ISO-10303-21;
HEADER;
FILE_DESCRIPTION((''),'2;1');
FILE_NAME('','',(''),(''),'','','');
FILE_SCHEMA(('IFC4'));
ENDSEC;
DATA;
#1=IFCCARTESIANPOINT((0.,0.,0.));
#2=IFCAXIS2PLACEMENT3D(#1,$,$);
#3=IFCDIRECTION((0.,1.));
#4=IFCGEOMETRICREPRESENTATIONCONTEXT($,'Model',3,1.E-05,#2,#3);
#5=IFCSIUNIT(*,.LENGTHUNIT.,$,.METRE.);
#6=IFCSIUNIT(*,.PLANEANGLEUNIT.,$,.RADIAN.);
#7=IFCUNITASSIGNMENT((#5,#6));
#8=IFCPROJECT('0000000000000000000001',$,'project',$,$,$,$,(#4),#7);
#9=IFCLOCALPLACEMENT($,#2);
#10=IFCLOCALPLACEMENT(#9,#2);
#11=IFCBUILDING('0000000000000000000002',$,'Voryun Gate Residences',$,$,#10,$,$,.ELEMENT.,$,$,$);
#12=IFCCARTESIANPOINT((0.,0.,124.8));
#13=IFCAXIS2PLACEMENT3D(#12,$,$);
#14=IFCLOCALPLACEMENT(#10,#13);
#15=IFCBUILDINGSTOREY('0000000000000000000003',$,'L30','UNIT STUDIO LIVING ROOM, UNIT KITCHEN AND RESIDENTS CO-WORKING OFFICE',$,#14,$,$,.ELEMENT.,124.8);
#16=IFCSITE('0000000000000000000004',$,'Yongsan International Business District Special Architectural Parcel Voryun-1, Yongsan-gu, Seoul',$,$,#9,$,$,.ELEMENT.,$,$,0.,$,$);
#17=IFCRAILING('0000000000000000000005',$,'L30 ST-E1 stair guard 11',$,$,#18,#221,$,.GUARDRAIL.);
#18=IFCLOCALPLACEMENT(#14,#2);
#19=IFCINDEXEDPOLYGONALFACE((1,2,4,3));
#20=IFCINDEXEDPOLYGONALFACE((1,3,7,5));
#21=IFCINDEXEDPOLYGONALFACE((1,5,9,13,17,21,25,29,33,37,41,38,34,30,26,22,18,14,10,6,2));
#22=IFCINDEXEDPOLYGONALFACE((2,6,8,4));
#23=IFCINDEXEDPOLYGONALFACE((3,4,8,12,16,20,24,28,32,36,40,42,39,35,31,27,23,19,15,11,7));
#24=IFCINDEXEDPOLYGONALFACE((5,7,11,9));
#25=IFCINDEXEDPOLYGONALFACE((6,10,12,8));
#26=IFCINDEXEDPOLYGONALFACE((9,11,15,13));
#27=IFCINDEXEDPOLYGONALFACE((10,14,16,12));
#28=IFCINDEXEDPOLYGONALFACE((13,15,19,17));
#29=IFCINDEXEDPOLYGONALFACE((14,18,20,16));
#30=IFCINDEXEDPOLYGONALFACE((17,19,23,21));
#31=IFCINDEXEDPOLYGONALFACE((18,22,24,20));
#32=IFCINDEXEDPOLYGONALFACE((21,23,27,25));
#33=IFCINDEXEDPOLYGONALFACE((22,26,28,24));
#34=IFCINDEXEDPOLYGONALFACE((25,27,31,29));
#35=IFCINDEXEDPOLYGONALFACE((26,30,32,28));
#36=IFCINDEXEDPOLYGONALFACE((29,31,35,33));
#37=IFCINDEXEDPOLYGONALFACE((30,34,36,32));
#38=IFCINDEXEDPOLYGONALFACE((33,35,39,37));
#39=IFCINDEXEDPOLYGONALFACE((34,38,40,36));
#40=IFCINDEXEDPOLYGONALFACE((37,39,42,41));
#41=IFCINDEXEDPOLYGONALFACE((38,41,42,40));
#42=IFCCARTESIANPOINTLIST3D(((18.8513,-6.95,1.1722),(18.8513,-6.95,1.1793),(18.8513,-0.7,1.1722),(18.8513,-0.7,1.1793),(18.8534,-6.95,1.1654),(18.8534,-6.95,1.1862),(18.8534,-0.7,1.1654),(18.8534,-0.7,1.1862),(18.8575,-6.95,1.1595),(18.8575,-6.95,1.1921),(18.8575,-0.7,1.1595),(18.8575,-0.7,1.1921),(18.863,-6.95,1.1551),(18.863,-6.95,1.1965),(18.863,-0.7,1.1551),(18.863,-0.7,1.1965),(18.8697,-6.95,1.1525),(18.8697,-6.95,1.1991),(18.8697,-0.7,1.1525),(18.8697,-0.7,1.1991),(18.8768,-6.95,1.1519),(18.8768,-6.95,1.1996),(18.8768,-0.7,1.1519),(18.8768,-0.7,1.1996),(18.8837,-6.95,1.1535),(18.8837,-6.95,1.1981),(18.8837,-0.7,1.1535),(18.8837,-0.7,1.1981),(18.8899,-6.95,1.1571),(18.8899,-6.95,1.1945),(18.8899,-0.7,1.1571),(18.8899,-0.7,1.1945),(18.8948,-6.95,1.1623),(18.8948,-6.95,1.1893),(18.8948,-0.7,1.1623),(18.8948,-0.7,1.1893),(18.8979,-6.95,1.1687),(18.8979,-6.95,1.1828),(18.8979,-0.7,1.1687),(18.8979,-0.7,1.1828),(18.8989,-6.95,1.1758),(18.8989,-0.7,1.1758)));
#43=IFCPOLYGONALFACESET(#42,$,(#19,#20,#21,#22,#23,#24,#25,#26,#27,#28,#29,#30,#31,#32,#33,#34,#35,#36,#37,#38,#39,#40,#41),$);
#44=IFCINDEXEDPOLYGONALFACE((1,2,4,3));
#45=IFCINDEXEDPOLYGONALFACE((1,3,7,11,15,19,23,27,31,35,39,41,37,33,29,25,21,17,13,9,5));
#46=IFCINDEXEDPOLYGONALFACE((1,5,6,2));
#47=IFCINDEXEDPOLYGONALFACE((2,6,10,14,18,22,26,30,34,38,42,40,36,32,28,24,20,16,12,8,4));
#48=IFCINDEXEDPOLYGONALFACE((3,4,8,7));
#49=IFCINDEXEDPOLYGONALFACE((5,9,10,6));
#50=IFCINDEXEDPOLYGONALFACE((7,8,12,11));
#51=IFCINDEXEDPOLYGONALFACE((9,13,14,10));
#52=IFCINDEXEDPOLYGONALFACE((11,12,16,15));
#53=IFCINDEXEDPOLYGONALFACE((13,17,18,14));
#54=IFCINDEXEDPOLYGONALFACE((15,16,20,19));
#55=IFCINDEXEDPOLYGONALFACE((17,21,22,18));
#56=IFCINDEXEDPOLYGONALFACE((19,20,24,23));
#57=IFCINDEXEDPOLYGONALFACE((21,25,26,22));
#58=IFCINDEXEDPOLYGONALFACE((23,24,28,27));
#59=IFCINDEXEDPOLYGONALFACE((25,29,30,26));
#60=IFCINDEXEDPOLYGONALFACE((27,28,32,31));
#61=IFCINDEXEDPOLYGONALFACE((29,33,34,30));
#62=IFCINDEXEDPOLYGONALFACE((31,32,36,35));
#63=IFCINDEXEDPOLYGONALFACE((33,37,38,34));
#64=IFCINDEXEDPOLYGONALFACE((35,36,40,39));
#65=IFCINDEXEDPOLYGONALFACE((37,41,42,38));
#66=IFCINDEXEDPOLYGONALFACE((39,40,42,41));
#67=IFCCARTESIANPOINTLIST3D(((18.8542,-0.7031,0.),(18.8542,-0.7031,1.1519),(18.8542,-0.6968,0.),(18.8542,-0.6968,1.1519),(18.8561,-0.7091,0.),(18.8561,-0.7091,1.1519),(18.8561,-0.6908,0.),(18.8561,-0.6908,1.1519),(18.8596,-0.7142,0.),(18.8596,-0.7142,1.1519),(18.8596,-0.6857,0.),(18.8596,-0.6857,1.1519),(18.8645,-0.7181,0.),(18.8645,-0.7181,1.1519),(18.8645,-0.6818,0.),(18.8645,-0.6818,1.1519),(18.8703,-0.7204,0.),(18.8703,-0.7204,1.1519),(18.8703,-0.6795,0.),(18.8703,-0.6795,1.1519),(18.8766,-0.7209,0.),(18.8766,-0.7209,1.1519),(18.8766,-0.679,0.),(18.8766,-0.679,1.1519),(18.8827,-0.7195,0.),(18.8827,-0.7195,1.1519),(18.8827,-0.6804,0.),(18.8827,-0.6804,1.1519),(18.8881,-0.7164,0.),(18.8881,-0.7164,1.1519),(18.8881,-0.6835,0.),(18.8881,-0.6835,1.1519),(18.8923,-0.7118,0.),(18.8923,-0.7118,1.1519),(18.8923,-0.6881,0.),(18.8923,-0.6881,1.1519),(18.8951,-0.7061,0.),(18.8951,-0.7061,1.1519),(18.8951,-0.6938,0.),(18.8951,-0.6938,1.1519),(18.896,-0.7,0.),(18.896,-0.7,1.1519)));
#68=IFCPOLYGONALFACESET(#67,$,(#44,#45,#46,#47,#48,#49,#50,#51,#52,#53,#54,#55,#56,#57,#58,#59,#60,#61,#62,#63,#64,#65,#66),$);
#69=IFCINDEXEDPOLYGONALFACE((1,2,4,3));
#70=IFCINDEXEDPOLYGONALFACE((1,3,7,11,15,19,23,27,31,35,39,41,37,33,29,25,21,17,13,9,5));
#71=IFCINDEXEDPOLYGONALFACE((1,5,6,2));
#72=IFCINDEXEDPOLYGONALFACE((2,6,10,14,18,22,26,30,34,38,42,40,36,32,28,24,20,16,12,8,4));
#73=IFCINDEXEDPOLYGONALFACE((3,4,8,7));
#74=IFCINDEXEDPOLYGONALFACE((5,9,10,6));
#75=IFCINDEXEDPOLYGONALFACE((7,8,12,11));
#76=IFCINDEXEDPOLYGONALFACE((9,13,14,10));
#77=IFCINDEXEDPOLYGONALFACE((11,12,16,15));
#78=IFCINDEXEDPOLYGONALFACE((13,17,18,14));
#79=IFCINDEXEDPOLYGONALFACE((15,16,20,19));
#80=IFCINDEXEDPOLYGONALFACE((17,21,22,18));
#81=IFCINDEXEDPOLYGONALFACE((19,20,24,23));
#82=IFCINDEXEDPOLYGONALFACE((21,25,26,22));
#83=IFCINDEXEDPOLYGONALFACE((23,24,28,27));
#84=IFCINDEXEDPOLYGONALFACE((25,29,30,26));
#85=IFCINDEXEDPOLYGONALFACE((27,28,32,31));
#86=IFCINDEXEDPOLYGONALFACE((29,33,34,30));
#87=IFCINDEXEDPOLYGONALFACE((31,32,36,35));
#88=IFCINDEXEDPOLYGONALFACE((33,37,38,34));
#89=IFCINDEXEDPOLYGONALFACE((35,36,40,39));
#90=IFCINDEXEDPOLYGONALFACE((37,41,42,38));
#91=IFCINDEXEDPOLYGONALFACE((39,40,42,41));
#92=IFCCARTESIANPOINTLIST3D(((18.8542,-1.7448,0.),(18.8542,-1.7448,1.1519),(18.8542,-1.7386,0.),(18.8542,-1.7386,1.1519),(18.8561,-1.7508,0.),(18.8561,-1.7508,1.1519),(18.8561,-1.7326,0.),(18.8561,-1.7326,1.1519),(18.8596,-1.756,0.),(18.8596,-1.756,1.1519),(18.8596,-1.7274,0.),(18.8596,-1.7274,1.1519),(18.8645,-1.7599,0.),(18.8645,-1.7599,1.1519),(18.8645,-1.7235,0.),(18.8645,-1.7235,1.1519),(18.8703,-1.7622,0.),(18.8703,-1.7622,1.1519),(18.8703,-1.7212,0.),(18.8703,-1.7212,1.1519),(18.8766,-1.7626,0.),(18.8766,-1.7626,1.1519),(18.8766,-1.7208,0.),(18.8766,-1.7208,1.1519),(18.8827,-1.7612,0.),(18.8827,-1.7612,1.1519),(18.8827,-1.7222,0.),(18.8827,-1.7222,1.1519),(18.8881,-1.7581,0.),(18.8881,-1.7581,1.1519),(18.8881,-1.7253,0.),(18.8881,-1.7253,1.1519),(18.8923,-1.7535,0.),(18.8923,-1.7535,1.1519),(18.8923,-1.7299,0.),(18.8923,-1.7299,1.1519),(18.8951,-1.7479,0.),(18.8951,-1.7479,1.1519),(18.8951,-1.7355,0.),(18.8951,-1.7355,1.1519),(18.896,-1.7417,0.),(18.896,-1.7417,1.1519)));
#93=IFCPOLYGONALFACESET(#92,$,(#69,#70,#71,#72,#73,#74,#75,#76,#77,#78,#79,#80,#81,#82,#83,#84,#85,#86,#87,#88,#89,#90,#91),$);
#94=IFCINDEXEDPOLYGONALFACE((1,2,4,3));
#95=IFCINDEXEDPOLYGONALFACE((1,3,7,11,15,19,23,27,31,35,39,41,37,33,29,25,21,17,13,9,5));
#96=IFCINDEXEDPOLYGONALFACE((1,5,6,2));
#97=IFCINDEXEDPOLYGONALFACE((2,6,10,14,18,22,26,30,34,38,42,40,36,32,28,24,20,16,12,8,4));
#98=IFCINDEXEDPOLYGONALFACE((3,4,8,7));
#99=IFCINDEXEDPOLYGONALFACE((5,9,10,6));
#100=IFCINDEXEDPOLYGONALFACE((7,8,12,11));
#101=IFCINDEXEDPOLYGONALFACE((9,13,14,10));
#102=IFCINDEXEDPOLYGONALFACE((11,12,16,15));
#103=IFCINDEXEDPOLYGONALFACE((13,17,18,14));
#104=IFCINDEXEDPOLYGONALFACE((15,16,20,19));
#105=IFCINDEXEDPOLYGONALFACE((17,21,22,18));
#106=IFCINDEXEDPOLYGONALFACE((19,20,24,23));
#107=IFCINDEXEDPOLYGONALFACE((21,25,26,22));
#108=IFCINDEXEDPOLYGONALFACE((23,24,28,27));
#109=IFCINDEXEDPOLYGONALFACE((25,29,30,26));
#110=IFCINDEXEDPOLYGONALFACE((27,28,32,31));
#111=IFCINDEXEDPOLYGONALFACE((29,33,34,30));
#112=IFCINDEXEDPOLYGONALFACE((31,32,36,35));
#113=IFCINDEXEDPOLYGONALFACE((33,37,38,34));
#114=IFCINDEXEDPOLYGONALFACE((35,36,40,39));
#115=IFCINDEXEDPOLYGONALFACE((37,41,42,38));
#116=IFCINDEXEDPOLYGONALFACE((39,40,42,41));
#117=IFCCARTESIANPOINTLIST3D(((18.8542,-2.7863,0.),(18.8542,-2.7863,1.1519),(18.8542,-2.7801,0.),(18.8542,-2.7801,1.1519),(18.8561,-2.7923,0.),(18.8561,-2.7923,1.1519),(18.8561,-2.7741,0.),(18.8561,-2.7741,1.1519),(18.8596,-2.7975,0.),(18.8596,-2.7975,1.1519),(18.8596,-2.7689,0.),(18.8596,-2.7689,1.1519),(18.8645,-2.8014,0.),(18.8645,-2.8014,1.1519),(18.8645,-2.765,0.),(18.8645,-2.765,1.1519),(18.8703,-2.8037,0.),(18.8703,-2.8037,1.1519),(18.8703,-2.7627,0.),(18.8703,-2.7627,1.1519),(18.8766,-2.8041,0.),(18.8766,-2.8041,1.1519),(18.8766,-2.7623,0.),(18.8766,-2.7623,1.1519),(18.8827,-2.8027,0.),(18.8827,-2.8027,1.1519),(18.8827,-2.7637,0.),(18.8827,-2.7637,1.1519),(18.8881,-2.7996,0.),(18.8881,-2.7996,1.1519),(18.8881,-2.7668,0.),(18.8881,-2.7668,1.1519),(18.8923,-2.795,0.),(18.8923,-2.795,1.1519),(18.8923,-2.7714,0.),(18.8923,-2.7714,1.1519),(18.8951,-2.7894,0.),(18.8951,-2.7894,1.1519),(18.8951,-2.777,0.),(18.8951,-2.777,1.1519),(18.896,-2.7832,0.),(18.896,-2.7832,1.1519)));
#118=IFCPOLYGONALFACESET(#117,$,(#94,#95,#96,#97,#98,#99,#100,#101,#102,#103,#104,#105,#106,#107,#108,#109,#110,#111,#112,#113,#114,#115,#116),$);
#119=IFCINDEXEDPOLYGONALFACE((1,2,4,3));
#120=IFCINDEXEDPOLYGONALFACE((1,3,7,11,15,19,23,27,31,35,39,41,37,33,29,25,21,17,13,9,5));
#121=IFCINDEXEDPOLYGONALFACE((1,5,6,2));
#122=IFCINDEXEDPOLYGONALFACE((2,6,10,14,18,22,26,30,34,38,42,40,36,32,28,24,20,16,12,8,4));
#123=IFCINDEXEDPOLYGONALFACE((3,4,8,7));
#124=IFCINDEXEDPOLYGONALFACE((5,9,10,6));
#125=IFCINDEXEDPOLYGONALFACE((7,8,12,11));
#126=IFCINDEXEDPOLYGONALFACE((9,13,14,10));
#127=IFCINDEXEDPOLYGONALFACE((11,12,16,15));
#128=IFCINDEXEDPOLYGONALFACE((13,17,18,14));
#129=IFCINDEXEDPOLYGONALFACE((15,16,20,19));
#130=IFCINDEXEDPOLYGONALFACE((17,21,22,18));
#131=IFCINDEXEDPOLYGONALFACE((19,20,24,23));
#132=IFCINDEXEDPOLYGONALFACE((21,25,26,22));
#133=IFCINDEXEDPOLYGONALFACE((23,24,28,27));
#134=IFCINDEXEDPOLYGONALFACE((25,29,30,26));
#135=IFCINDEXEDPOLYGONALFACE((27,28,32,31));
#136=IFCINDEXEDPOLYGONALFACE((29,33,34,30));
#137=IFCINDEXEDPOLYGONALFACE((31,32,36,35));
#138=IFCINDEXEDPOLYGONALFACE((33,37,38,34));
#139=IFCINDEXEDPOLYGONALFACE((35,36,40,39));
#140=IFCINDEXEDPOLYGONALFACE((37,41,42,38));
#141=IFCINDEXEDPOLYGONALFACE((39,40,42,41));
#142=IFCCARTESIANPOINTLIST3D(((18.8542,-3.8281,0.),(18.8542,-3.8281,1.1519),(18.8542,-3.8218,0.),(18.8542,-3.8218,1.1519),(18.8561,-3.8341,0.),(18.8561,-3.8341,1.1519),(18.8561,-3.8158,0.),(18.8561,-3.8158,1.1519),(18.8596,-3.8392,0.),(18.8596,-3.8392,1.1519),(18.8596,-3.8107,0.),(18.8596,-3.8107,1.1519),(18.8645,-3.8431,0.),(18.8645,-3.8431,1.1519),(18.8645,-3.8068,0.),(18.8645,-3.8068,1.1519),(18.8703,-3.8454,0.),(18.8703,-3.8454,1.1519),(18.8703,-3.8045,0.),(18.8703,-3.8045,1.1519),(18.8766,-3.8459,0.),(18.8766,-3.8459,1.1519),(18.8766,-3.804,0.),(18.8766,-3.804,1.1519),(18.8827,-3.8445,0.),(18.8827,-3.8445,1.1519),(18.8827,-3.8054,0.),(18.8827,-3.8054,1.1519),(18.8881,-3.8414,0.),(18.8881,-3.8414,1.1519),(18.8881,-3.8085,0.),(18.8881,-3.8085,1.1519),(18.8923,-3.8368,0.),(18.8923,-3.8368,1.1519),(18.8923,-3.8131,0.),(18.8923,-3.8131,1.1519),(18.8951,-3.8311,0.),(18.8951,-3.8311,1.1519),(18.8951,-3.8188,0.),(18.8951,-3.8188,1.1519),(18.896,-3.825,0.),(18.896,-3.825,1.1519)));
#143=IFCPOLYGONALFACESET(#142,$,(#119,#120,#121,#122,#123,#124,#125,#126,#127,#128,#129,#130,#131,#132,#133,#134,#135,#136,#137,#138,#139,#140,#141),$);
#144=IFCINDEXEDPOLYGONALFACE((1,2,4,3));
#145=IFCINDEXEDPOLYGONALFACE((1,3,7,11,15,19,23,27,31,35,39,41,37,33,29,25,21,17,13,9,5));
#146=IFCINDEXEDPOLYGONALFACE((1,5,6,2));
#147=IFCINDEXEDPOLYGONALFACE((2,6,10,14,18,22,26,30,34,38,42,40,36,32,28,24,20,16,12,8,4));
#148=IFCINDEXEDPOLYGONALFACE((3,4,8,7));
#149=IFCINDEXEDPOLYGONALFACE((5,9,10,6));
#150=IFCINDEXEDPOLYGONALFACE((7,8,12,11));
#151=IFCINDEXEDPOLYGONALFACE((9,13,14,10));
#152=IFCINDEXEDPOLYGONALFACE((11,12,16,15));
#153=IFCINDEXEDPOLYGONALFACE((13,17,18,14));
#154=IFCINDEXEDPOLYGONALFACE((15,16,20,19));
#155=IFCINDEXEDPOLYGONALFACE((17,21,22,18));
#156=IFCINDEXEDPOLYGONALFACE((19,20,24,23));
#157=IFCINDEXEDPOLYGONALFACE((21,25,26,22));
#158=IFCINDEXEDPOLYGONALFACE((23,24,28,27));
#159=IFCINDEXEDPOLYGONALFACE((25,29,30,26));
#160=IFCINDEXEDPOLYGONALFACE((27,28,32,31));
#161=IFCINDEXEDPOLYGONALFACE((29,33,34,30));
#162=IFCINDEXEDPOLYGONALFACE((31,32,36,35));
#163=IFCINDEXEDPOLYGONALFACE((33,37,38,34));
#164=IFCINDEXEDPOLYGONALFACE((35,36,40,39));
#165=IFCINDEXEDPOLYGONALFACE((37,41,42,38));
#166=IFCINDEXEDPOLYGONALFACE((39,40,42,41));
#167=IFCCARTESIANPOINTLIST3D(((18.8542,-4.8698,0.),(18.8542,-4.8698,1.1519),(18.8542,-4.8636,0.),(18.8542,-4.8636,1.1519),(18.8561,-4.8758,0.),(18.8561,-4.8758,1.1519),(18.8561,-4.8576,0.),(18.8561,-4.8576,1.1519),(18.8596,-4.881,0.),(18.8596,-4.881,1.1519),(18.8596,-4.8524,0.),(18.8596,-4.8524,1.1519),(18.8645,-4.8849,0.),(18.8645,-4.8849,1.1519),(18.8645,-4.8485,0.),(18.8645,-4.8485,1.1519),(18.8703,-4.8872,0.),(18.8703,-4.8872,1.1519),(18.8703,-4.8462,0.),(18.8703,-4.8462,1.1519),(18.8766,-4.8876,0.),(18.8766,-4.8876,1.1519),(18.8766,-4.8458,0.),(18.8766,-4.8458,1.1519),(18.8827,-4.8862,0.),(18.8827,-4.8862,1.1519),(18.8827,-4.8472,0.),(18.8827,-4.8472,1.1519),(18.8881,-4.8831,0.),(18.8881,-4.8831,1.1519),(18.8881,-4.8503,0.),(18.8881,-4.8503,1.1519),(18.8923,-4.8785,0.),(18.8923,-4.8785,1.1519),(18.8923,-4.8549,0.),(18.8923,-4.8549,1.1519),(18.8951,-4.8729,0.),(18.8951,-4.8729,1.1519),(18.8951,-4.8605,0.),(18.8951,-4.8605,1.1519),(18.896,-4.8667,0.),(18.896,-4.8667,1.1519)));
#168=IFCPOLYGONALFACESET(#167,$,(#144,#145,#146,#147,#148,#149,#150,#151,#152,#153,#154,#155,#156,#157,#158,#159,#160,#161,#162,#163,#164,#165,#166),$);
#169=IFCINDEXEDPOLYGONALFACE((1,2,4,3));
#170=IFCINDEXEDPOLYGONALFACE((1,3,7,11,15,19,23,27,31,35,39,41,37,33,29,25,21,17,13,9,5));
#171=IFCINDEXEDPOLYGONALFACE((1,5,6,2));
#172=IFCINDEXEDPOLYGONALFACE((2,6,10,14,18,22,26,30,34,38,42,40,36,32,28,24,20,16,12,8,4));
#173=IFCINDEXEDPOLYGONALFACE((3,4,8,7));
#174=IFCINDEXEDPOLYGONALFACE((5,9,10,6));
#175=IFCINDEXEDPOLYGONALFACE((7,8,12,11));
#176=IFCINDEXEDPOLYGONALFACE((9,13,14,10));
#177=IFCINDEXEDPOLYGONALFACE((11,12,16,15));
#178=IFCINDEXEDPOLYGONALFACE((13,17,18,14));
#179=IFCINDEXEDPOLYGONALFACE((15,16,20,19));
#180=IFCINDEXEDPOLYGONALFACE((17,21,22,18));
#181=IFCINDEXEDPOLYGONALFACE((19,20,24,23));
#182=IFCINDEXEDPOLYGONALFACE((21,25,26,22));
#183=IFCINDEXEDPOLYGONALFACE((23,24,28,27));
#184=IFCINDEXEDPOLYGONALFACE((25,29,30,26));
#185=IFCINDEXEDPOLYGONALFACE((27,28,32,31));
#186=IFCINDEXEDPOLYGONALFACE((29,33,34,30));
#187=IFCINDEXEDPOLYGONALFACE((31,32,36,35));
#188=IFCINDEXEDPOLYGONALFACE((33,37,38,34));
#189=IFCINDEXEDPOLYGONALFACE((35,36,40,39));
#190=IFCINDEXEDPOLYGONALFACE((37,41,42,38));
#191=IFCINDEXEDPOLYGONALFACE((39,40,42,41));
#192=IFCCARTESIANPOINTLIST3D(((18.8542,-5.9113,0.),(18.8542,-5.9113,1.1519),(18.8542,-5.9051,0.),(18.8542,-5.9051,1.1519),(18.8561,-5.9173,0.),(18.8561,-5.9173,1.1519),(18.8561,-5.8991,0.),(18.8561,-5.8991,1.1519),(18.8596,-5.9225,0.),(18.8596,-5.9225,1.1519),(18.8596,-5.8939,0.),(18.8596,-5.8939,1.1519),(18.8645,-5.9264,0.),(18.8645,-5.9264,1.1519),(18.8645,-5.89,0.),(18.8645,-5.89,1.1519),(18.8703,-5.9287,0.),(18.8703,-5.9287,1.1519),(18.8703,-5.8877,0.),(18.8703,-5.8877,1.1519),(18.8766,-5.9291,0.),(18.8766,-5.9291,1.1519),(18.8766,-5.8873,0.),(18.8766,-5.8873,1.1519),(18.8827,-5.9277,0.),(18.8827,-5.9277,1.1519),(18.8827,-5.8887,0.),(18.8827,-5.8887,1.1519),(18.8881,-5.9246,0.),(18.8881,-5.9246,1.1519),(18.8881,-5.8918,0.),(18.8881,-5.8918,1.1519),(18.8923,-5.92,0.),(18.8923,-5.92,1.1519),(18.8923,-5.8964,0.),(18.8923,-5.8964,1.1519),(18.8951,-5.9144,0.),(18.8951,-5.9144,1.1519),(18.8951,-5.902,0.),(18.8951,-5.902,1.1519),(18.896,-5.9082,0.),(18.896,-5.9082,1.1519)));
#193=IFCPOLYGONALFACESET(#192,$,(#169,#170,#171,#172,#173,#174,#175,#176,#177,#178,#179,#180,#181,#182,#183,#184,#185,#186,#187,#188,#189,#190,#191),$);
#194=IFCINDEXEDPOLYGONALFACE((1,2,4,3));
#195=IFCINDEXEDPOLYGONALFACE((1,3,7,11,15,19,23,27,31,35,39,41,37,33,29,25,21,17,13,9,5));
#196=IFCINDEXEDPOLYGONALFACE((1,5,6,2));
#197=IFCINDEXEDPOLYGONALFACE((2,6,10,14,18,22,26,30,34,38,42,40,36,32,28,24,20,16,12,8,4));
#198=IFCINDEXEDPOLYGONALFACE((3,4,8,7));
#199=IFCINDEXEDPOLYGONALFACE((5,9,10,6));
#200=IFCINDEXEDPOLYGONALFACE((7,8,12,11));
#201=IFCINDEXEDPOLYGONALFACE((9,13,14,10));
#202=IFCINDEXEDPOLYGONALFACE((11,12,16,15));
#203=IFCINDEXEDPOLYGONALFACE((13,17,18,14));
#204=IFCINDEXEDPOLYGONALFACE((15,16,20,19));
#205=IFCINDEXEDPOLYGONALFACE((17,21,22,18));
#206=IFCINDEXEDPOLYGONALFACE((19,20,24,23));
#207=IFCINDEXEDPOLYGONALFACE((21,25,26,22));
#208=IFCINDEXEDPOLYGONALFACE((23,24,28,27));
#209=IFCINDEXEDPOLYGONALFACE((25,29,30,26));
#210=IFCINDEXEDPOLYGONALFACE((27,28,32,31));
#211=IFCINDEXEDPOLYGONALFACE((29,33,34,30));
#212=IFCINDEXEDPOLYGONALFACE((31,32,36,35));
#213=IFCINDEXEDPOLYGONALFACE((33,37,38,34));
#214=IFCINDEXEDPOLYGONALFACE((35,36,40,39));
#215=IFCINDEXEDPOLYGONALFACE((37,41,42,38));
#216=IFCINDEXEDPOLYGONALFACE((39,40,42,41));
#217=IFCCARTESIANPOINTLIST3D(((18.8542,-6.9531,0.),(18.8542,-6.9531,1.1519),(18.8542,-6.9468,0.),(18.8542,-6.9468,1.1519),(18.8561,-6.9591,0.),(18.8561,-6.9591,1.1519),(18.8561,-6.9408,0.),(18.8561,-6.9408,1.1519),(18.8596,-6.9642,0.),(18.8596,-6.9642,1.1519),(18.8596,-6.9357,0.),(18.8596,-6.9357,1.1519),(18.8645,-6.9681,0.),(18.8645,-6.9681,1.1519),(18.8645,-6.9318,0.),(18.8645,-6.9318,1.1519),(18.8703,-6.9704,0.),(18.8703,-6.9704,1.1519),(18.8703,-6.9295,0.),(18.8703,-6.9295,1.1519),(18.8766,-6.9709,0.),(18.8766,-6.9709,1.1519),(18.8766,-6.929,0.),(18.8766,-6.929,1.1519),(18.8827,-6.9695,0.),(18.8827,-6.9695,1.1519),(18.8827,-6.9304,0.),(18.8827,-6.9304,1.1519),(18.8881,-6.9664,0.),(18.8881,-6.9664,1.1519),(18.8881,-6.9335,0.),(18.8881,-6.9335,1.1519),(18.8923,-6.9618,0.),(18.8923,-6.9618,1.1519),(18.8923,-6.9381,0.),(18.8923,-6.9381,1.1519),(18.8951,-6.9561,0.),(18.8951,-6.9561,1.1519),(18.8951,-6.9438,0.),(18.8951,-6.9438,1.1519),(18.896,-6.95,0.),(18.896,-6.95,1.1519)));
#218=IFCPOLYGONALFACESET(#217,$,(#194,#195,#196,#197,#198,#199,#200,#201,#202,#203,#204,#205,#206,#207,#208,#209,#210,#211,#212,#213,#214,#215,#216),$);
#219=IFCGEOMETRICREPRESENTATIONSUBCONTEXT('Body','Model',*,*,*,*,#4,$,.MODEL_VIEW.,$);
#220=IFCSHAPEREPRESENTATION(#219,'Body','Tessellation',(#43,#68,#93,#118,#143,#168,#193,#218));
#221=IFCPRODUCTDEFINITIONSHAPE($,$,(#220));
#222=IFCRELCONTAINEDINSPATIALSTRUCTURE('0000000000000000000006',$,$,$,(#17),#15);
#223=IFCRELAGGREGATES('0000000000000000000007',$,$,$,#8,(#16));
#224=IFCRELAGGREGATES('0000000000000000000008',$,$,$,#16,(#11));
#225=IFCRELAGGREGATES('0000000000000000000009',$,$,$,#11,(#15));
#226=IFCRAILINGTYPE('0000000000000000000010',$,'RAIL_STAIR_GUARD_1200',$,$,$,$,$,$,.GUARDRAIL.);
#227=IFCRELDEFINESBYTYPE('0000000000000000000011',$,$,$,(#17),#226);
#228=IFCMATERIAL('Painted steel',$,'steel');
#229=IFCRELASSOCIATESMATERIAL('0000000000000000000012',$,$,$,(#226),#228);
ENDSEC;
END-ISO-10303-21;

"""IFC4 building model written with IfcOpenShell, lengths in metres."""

from ifc_helpers import new_model, si_unit, direction, frame, origin, origin_2d, place, context, subcontext, project, spatial, circle, extrude, material, type_object, element, save


model = new_model("IFC4")

# Units and contexts
model_context = context("Model", 3, precision=1e-05, world=origin(), true_north=direction((0.0, 1.0)))
body_context = subcontext(model_context, "Body", "Model", "MODEL_VIEW")
ifc_project = project(units=[si_unit("LENGTHUNIT", "METRE"), si_unit("PLANEANGLEUNIT", "RADIAN")], contexts=[model_context])

# Site, building, storey
site_placement = place(None, origin())
site = spatial("IfcSite", under=ifc_project, at=site_placement, Name="Yongsan International Business District Special Architectural Parcel Voryun-1, Yongsan-gu, Seoul", CompositionType="ELEMENT", RefElevation=0.0)
building_placement = place(site_placement, origin())
building = spatial("IfcBuilding", under=site, at=building_placement, Name="Voryun Gate Residences", CompositionType="ELEMENT")
storey_placement = place(building_placement, frame((0.0, 0.0, 124.8)))
storey = spatial("IfcBuildingStorey", under=building, at=storey_placement, Name="L30", Description="UNIT STUDIO LIVING ROOM, UNIT KITCHEN AND RESIDENTS CO-WORKING OFFICE", CompositionType="ELEMENT", Elevation=124.8)

# Railing
ifc_material_1 = material(Name="Painted steel", Category="steel")
railing_type_1 = type_object("IfcRailingType", Name="RAIL_STAIR_GUARD_1200", PredefinedType="GUARDRAIL", material=ifc_material_1)
railing_1_placement = place(storey_placement, frame((18.875, -0.7, 0.0)))
element("IfcRailing", 1, at=railing_1_placement, inside=storey, type_object=railing_type_1, Name="L30 ST-E1 stair guard 11", PredefinedType="GUARDRAIL", context=body_context, shape_type="SweptSolid", body=[
    extrude(circle(Radius=0.0239, at=origin_2d()), frame((0.0, 0.0, 1.1758), z_axis=(0.0, -1.0, 0.0), x_axis=(1.0, 0.0, 0.0)), (0.0, 0.0, 1.0), 6.25),
    extrude(circle(Radius=0.021, at=origin_2d()), origin(), (0.0, 0.0, 1.0), 1.1519),
    extrude(circle(Radius=0.021, at=origin_2d()), frame((0.0, -1.0417, 0.0)), (0.0, 0.0, 1.0), 1.1519),
    extrude(circle(Radius=0.021, at=origin_2d()), frame((0.0, -2.0833, 0.0)), (0.0, 0.0, 1.0), 1.1519),
    extrude(circle(Radius=0.021, at=origin_2d()), frame((0.0, -3.125, 0.0)), (0.0, 0.0, 1.0), 1.1519),
    extrude(circle(Radius=0.021, at=origin_2d()), frame((0.0, -4.1667, 0.0)), (0.0, 0.0, 1.0), 1.1519),
    extrude(circle(Radius=0.021, at=origin_2d()), frame((0.0, -5.2083, 0.0)), (0.0, 0.0, 1.0), 1.1519),
    extrude(circle(Radius=0.021, at=origin_2d()), frame((0.0, -6.25, 0.0)), (0.0, 0.0, 1.0), 1.1519),
])

save(model, "model.ifc")
